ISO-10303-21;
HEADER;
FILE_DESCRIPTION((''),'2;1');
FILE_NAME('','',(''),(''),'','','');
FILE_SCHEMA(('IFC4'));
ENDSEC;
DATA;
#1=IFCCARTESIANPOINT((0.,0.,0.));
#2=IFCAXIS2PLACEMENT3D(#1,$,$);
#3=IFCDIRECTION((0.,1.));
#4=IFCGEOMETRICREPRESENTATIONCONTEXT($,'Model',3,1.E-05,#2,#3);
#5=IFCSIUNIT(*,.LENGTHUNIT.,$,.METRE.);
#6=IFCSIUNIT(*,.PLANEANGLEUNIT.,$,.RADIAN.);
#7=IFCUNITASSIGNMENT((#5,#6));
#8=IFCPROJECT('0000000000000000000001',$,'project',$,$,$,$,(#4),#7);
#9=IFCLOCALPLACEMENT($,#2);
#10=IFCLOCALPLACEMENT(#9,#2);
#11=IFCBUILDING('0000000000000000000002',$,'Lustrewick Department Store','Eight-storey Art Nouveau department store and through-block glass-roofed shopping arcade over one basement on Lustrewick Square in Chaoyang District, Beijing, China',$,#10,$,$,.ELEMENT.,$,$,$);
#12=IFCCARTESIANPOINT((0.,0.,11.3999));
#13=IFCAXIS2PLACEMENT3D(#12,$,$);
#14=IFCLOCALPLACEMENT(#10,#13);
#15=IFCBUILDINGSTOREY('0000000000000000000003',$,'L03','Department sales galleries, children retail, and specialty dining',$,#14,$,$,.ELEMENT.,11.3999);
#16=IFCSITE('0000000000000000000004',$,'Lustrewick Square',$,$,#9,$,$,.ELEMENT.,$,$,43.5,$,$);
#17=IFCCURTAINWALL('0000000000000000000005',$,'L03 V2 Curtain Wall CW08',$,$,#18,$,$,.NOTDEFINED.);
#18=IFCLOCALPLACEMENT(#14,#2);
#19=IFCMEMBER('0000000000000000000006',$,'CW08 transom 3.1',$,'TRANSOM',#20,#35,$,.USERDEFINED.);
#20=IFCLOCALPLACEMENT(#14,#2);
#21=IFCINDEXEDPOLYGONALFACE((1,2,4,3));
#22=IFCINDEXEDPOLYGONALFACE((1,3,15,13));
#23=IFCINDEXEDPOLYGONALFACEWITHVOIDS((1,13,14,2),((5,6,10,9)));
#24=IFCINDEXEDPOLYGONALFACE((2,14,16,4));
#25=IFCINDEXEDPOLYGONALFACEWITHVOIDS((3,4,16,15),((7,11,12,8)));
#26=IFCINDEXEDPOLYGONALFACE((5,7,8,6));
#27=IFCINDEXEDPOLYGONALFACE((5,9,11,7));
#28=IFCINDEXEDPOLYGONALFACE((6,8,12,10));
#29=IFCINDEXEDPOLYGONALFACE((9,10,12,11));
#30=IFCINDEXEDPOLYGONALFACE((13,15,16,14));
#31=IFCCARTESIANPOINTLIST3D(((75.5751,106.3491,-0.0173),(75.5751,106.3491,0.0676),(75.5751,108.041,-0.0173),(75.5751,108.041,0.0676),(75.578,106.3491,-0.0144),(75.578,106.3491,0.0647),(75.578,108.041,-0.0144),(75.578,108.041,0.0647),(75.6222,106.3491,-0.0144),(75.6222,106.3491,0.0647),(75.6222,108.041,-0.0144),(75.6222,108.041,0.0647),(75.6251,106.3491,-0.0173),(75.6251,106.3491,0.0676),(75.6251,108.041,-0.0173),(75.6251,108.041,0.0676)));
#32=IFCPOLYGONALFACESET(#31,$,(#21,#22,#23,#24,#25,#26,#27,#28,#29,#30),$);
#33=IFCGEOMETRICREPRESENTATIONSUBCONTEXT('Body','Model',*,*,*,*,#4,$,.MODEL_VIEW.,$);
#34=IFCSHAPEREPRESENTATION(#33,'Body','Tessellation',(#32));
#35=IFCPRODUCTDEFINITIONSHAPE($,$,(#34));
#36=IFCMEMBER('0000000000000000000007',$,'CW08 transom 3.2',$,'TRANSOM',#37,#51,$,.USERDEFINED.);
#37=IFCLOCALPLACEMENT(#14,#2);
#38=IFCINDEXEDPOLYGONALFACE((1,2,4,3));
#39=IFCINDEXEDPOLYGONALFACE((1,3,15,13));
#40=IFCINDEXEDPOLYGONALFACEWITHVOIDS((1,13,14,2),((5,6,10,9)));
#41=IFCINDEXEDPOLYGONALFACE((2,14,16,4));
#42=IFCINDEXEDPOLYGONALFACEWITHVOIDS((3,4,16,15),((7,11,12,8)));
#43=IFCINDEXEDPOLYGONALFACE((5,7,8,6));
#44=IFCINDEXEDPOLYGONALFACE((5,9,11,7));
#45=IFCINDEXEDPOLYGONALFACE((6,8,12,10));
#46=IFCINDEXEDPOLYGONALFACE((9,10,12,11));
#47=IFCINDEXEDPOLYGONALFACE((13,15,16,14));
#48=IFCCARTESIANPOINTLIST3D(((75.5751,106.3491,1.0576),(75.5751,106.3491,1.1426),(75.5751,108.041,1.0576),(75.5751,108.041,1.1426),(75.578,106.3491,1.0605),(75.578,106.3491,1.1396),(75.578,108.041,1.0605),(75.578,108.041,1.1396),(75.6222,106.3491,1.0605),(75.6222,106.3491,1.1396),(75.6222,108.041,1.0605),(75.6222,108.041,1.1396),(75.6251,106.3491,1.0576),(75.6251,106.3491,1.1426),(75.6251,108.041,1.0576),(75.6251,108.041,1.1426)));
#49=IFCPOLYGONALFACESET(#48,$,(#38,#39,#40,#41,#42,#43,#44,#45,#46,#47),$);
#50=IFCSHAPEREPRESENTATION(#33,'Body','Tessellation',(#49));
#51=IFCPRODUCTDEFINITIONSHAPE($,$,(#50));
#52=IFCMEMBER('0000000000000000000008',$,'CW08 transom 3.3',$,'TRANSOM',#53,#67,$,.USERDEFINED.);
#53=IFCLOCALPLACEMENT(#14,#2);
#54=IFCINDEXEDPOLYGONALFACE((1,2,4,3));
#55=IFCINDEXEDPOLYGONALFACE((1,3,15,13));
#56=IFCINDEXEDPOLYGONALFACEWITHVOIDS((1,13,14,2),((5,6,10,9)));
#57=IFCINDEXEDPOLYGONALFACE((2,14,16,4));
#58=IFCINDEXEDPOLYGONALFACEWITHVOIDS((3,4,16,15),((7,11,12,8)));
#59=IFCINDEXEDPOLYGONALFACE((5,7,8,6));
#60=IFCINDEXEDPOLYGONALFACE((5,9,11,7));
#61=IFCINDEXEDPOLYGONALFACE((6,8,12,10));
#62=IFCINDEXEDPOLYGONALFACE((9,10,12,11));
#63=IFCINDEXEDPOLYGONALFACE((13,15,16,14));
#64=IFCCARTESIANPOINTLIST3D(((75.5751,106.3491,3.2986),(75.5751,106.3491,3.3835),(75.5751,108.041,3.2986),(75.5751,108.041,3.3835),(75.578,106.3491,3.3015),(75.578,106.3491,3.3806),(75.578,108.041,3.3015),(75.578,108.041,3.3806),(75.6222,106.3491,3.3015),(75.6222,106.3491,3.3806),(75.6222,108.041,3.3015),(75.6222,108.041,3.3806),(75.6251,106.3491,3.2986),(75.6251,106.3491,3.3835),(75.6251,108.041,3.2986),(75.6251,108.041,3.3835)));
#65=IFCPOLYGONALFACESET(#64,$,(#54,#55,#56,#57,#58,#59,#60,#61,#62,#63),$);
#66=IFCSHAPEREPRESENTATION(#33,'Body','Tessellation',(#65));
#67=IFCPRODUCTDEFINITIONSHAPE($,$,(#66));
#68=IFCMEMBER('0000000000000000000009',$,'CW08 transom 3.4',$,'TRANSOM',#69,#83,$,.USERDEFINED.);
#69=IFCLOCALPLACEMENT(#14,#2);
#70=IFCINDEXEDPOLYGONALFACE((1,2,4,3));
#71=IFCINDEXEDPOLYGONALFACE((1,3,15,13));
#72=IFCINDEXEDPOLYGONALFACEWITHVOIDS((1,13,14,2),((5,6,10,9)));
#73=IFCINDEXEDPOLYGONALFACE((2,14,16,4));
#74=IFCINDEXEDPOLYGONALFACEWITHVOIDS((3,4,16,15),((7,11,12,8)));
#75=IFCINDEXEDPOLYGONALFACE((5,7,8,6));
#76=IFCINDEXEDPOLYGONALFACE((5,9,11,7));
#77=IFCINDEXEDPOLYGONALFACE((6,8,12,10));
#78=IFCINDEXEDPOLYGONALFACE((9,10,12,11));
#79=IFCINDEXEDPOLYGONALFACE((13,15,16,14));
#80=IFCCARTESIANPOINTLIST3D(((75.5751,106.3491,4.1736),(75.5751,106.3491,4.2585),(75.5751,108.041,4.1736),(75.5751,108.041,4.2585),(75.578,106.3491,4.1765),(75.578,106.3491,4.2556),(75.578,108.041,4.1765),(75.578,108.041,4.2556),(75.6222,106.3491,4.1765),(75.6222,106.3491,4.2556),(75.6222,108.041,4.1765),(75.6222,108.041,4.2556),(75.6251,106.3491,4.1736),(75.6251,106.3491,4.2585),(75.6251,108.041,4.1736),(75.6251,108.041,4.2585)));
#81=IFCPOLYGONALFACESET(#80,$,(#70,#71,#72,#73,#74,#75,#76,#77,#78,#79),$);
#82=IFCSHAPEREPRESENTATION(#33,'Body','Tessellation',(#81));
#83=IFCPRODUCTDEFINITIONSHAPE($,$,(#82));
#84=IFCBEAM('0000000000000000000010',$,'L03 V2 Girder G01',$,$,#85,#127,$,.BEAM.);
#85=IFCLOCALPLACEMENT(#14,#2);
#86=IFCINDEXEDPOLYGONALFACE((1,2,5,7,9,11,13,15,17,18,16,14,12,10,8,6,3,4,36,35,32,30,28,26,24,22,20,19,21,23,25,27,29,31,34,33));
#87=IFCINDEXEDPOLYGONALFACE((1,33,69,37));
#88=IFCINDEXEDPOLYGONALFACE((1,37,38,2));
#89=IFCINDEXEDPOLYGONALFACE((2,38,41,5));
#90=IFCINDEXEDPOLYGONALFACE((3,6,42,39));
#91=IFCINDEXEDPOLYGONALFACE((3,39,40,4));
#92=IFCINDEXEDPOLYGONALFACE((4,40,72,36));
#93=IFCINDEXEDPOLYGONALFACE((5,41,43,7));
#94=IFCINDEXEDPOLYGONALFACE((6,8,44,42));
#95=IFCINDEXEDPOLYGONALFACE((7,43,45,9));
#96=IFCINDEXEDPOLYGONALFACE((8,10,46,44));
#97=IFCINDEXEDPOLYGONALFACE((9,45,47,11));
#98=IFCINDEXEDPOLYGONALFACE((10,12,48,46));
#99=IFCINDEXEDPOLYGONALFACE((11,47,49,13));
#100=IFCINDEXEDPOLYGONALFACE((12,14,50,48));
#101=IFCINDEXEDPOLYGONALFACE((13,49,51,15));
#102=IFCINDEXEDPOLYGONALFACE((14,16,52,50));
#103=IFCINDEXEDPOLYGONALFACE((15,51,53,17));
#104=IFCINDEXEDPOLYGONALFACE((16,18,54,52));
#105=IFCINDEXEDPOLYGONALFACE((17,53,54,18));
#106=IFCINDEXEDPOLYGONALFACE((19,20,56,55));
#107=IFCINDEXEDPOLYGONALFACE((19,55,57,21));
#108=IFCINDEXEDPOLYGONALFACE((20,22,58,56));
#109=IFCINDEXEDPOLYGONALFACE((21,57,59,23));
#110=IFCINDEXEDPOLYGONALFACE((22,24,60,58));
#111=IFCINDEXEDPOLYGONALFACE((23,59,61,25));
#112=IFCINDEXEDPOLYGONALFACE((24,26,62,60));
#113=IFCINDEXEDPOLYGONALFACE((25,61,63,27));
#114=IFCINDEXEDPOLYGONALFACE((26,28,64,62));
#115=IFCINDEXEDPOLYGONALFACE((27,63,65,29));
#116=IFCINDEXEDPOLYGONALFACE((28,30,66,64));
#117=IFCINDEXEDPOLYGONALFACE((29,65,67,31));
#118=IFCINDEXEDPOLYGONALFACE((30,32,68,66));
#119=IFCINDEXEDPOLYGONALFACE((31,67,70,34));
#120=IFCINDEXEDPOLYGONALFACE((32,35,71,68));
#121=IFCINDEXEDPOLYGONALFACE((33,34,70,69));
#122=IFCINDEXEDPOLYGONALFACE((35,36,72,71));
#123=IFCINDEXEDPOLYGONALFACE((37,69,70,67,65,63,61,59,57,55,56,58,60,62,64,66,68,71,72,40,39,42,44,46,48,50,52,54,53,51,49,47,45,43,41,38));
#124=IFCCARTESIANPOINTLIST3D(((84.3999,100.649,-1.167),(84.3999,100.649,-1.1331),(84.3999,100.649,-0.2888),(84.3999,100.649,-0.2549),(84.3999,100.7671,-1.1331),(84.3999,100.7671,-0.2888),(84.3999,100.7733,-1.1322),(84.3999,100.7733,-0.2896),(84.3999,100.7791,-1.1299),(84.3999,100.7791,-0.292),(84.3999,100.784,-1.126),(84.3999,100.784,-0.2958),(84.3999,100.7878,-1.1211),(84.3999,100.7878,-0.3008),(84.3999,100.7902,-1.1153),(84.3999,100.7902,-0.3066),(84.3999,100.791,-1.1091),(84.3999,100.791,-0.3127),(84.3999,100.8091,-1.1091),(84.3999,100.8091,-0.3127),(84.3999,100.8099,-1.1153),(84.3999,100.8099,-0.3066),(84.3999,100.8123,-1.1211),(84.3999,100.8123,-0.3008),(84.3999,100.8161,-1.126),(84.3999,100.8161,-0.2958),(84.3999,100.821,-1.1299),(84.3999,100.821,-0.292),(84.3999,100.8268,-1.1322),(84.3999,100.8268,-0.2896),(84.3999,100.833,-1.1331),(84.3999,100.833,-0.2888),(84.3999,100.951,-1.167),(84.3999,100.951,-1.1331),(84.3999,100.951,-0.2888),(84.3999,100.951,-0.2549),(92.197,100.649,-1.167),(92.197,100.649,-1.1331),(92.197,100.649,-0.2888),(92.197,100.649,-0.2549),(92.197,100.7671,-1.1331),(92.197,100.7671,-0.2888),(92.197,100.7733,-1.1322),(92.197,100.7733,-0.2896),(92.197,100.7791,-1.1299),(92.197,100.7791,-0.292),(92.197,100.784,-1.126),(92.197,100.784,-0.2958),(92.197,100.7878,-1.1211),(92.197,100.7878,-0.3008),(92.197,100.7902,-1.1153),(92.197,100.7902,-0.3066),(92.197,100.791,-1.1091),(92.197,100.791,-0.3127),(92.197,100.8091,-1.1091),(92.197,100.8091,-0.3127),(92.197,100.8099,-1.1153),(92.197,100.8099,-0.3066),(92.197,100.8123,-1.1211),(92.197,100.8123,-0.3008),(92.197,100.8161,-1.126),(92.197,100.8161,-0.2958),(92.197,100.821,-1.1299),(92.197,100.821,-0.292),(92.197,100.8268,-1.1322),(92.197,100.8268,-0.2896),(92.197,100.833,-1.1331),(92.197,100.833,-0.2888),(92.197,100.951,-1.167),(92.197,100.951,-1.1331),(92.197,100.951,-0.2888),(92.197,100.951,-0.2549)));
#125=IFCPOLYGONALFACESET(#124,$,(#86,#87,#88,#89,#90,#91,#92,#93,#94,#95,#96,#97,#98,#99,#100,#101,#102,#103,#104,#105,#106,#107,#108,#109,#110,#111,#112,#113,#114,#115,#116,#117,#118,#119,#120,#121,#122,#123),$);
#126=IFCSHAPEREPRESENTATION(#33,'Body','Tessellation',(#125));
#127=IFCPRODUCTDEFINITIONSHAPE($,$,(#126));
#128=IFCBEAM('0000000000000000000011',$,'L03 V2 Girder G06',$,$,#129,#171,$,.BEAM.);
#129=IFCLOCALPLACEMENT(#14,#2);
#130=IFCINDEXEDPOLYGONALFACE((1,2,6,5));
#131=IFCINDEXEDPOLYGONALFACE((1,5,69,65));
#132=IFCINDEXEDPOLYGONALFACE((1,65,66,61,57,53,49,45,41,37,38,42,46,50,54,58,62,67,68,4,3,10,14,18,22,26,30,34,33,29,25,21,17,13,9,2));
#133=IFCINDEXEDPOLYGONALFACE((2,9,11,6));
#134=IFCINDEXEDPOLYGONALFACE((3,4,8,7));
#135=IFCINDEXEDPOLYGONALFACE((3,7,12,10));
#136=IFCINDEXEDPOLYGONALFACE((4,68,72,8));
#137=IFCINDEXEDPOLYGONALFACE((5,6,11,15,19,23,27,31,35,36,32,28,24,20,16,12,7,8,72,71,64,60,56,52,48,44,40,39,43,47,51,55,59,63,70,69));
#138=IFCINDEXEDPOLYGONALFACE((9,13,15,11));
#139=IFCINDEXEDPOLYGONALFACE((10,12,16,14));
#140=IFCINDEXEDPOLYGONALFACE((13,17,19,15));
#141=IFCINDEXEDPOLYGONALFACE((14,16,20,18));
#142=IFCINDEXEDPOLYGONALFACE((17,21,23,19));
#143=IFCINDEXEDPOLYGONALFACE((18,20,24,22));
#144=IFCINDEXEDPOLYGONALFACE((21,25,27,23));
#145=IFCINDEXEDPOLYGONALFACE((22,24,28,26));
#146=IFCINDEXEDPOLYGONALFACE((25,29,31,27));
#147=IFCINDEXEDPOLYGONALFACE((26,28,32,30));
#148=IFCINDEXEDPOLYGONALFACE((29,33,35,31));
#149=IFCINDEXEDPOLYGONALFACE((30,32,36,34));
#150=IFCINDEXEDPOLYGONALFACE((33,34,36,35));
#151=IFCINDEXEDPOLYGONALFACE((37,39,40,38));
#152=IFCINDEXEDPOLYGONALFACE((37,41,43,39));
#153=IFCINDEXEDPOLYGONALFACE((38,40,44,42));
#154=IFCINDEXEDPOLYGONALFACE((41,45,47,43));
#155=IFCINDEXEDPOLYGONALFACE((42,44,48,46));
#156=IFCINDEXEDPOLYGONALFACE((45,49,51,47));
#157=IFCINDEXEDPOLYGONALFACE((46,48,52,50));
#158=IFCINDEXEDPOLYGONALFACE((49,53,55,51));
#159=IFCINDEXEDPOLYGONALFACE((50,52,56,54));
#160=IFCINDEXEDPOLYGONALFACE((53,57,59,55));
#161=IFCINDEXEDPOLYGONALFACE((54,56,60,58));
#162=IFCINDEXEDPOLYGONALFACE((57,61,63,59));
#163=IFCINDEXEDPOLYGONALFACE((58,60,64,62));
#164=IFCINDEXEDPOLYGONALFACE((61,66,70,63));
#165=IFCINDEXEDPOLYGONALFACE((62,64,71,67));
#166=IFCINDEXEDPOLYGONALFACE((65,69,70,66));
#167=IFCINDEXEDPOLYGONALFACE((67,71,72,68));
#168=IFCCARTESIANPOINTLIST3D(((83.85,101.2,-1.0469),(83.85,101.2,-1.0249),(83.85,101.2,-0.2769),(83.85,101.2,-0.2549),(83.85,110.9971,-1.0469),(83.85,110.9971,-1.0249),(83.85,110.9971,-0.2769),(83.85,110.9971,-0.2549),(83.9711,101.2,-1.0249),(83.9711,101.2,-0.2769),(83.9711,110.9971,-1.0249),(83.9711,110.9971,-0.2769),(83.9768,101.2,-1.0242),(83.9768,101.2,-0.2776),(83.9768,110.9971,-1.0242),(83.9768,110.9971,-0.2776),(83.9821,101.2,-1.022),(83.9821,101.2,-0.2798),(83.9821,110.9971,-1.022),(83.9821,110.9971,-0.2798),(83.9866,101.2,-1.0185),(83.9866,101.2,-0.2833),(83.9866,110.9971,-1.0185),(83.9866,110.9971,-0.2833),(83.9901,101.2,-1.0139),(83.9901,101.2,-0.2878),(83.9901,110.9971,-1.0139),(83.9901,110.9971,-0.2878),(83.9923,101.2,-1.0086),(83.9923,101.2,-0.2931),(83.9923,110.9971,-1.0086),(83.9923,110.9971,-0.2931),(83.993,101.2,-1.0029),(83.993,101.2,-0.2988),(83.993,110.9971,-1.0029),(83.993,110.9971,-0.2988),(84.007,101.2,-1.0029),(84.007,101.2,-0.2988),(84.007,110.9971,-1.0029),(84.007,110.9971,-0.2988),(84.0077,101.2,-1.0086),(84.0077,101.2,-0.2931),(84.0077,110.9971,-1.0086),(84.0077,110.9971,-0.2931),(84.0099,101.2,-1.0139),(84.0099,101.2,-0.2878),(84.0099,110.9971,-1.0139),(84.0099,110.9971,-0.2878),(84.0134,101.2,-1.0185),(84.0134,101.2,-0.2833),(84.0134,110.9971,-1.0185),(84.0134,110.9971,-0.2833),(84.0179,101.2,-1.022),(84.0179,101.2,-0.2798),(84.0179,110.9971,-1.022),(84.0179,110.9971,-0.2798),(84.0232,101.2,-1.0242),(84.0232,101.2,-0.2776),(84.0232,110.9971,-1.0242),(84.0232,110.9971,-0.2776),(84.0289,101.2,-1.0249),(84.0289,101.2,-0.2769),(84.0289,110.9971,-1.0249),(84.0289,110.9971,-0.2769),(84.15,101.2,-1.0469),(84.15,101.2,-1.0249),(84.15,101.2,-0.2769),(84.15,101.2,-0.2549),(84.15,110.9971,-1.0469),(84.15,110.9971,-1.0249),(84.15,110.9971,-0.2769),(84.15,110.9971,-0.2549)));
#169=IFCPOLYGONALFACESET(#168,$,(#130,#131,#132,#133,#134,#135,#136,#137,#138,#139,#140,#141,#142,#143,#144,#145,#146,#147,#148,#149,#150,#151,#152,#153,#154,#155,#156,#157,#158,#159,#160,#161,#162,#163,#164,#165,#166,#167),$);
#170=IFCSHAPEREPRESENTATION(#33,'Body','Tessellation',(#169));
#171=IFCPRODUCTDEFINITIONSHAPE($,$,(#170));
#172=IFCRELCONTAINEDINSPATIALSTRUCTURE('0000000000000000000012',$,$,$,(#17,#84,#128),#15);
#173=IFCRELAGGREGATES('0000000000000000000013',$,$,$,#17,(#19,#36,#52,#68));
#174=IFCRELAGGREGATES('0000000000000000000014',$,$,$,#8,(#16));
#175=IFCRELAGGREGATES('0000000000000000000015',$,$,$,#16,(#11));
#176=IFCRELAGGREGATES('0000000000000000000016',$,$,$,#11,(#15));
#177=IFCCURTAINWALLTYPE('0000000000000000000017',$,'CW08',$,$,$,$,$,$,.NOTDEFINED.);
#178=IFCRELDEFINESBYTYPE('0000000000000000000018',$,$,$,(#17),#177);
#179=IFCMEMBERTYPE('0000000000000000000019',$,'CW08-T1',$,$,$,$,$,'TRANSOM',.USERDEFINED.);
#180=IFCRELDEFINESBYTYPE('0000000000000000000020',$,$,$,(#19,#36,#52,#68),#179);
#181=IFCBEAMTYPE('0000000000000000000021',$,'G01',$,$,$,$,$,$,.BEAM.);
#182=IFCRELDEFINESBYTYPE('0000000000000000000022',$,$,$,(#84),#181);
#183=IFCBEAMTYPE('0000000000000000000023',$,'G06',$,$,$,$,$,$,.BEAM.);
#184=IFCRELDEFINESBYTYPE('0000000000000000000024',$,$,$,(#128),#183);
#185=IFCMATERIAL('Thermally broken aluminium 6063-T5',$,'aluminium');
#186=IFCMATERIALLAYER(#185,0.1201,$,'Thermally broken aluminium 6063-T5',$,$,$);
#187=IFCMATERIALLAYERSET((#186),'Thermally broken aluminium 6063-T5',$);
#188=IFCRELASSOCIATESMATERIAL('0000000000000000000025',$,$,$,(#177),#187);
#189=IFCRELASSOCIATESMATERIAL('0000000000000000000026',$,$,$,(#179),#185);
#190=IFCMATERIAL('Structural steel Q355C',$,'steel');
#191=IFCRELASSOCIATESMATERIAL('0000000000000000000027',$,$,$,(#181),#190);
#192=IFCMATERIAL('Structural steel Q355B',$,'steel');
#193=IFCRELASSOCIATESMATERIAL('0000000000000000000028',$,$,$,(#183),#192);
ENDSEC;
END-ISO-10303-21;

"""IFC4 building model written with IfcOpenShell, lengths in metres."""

from ifc_helpers import new_model, si_unit, direction, frame, origin, origin_2d, place, context, subcontext, project, spatial, hollow_rectangle, i_section, extrude, material, layer, layer_set, material_profile, profile_set, type_object, element, aggregate, save


model = new_model("IFC4")

# Units and contexts
model_context = context("Model", 3, precision=1e-05, world=origin(), true_north=direction((0.0, 1.0)))
body_context = subcontext(model_context, "Body", "Model", "MODEL_VIEW")
ifc_project = project(units=[si_unit("LENGTHUNIT", "METRE"), si_unit("PLANEANGLEUNIT", "RADIAN")], contexts=[model_context])

# Site, building, storey
site_placement = place(None, origin())
site = spatial("IfcSite", under=ifc_project, at=site_placement, Name="Lustrewick Square", CompositionType="ELEMENT", RefElevation=43.5)
building_placement = place(site_placement, origin())
building = spatial("IfcBuilding", under=site, at=building_placement, Name="Lustrewick Department Store", Description="Eight-storey Art Nouveau department store and through-block glass-roofed shopping arcade over one basement on Lustrewick Square in Chaoyang District, Beijing, China", CompositionType="ELEMENT")
storey_placement = place(building_placement, frame((0.0, 0.0, 11.3999)))
storey = spatial("IfcBuildingStorey", under=building, at=storey_placement, Name="L03", Description="Department sales galleries, children retail, and specialty dining", CompositionType="ELEMENT", Elevation=11.3999)

# Shared definitions
ifc_material_1 = material(Name="Structural steel Q355C", Category="steel")

# Curtain wall, members
ifc_material_2 = material(Name="Thermally broken aluminium 6063-T5", Category="aluminium")
ifc_layer_1 = layer(ifc_material_2, 0.1201, Name="Thermally broken aluminium 6063-T5")
ifc_layer_set_1 = layer_set([ifc_layer_1], Name="Thermally broken aluminium 6063-T5")
curtain_wall_type = type_object("IfcCurtainWallType", Name="CW08", PredefinedType="NOTDEFINED", material=ifc_layer_set_1)
curtain_wall_placement = place(storey_placement, origin())
curtain_wall = element("IfcCurtainWall", 1, at=curtain_wall_placement, inside=storey, type_object=curtain_wall_type, Name="L03 V2 Curtain Wall CW08", PredefinedType="NOTDEFINED")
ifc_material_profile_1 = material_profile(ifc_material_2, hollow_rectangle(XDim=0.05, YDim=0.085, WallThickness=0.0029, at=origin_2d()), Name="ALU-T 50x85x3")
ifc_profile_set_1 = profile_set([ifc_material_profile_1], Name="Thermally broken aluminium 6063-T5")
member_type_1 = type_object("IfcMemberType", Name="CW08-T1", ElementType="TRANSOM", PredefinedType="USERDEFINED", material=ifc_profile_set_1)
member_1_placement = place(storey_placement, frame((75.6001, 108.041, 0.0251), z_axis=(0.0, -1.0, 0.0), x_axis=(1.0, 0.0, 0.0)))
member_1 = element("IfcMember", 2, at=member_1_placement, type_object=member_type_1, Name="CW08 transom 3.1", ObjectType="TRANSOM", PredefinedType="USERDEFINED", context=body_context, shape_type="SweptSolid", body=[
    extrude(hollow_rectangle(XDim=0.05, YDim=0.085, WallThickness=0.0029, at=origin_2d()), origin(), (0.0, 0.0, 1.0), 1.6919),
])
member_2_placement = place(storey_placement, frame((75.6001, 108.041, 1.1001), z_axis=(0.0, -1.0, 0.0), x_axis=(1.0, 0.0, 0.0)))
member_2 = element("IfcMember", 3, at=member_2_placement, type_object=member_type_1, Name="CW08 transom 3.2", ObjectType="TRANSOM", PredefinedType="USERDEFINED", context=body_context, shape_type="SweptSolid", body=[
    extrude(hollow_rectangle(XDim=0.05, YDim=0.085, WallThickness=0.0029, at=origin_2d()), origin(), (0.0, 0.0, 1.0), 1.6919),
])
member_3_placement = place(storey_placement, frame((75.6001, 108.041, 3.3411), z_axis=(0.0, -1.0, 0.0), x_axis=(1.0, 0.0, 0.0)))
member_3 = element("IfcMember", 4, at=member_3_placement, type_object=member_type_1, Name="CW08 transom 3.3", ObjectType="TRANSOM", PredefinedType="USERDEFINED", context=body_context, shape_type="SweptSolid", body=[
    extrude(hollow_rectangle(XDim=0.05, YDim=0.085, WallThickness=0.0029, at=origin_2d()), origin(), (0.0, 0.0, 1.0), 1.6919),
])
member_4_placement = place(storey_placement, frame((75.6001, 108.041, 4.2161), z_axis=(0.0, -1.0, 0.0), x_axis=(1.0, 0.0, 0.0)))
member_4 = element("IfcMember", 5, at=member_4_placement, type_object=member_type_1, Name="CW08 transom 3.4", ObjectType="TRANSOM", PredefinedType="USERDEFINED", context=body_context, shape_type="SweptSolid", body=[
    extrude(hollow_rectangle(XDim=0.05, YDim=0.085, WallThickness=0.0029, at=origin_2d()), origin(), (0.0, 0.0, 1.0), 1.6919),
])

# Beams
ifc_material_profile_2 = material_profile(ifc_material_1, i_section(OverallWidth=0.302, OverallDepth=0.9121, WebThickness=0.0181, FlangeThickness=0.0339, FilletRadius=0.0239, at=origin_2d()), Name="HN 912x302x18x34")
ifc_profile_set_2 = profile_set([ifc_material_profile_2], Name="Structural steel Q355C")
beam_type_1 = type_object("IfcBeamType", Name="G01", PredefinedType="BEAM", material=ifc_profile_set_2)
beam_1_placement = place(storey_placement, frame((84.3999, 100.8, -0.7109), z_axis=(1.0, 0.0, 0.0), x_axis=(0.0, 1.0, 0.0)))
element("IfcBeam", 6, at=beam_1_placement, inside=storey, type_object=beam_type_1, Name="L03 V2 Girder G01", PredefinedType="BEAM", context=body_context, shape_type="SweptSolid", body=[
    extrude(i_section(OverallWidth=0.302, OverallDepth=0.9121, WebThickness=0.0181, FlangeThickness=0.0339, FilletRadius=0.0239, at=origin_2d()), origin(), (0.0, 0.0, 1.0), 7.7971),
])
ifc_material_3 = material(Name="Structural steel Q355B", Category="steel")
ifc_material_profile_3 = material_profile(ifc_material_3, i_section(OverallWidth=0.3, OverallDepth=0.792, WebThickness=0.0139, FlangeThickness=0.022, FilletRadius=0.022, at=origin_2d()), Name="HN 792x300x14x22")
ifc_profile_set_3 = profile_set([ifc_material_profile_3], Name="Structural steel Q355B")
beam_type_2 = type_object("IfcBeamType", Name="G06", PredefinedType="BEAM", material=ifc_profile_set_3)
beam_2_placement = place(storey_placement, frame((84.0, 101.2, -0.6509), z_axis=(0.0, 1.0, 0.0), x_axis=(-1.0, 0.0, 0.0)))
element("IfcBeam", 7, at=beam_2_placement, inside=storey, type_object=beam_type_2, Name="L03 V2 Girder G06", PredefinedType="BEAM", context=body_context, shape_type="SweptSolid", body=[
    extrude(i_section(OverallWidth=0.3, OverallDepth=0.792, WebThickness=0.0139, FlangeThickness=0.022, FilletRadius=0.022, at=origin_2d()), origin(), (0.0, 0.0, 1.0), 9.7971),
])

aggregate(curtain_wall, [member_1, member_2, member_3, member_4])

save(model, "model.ifc")
